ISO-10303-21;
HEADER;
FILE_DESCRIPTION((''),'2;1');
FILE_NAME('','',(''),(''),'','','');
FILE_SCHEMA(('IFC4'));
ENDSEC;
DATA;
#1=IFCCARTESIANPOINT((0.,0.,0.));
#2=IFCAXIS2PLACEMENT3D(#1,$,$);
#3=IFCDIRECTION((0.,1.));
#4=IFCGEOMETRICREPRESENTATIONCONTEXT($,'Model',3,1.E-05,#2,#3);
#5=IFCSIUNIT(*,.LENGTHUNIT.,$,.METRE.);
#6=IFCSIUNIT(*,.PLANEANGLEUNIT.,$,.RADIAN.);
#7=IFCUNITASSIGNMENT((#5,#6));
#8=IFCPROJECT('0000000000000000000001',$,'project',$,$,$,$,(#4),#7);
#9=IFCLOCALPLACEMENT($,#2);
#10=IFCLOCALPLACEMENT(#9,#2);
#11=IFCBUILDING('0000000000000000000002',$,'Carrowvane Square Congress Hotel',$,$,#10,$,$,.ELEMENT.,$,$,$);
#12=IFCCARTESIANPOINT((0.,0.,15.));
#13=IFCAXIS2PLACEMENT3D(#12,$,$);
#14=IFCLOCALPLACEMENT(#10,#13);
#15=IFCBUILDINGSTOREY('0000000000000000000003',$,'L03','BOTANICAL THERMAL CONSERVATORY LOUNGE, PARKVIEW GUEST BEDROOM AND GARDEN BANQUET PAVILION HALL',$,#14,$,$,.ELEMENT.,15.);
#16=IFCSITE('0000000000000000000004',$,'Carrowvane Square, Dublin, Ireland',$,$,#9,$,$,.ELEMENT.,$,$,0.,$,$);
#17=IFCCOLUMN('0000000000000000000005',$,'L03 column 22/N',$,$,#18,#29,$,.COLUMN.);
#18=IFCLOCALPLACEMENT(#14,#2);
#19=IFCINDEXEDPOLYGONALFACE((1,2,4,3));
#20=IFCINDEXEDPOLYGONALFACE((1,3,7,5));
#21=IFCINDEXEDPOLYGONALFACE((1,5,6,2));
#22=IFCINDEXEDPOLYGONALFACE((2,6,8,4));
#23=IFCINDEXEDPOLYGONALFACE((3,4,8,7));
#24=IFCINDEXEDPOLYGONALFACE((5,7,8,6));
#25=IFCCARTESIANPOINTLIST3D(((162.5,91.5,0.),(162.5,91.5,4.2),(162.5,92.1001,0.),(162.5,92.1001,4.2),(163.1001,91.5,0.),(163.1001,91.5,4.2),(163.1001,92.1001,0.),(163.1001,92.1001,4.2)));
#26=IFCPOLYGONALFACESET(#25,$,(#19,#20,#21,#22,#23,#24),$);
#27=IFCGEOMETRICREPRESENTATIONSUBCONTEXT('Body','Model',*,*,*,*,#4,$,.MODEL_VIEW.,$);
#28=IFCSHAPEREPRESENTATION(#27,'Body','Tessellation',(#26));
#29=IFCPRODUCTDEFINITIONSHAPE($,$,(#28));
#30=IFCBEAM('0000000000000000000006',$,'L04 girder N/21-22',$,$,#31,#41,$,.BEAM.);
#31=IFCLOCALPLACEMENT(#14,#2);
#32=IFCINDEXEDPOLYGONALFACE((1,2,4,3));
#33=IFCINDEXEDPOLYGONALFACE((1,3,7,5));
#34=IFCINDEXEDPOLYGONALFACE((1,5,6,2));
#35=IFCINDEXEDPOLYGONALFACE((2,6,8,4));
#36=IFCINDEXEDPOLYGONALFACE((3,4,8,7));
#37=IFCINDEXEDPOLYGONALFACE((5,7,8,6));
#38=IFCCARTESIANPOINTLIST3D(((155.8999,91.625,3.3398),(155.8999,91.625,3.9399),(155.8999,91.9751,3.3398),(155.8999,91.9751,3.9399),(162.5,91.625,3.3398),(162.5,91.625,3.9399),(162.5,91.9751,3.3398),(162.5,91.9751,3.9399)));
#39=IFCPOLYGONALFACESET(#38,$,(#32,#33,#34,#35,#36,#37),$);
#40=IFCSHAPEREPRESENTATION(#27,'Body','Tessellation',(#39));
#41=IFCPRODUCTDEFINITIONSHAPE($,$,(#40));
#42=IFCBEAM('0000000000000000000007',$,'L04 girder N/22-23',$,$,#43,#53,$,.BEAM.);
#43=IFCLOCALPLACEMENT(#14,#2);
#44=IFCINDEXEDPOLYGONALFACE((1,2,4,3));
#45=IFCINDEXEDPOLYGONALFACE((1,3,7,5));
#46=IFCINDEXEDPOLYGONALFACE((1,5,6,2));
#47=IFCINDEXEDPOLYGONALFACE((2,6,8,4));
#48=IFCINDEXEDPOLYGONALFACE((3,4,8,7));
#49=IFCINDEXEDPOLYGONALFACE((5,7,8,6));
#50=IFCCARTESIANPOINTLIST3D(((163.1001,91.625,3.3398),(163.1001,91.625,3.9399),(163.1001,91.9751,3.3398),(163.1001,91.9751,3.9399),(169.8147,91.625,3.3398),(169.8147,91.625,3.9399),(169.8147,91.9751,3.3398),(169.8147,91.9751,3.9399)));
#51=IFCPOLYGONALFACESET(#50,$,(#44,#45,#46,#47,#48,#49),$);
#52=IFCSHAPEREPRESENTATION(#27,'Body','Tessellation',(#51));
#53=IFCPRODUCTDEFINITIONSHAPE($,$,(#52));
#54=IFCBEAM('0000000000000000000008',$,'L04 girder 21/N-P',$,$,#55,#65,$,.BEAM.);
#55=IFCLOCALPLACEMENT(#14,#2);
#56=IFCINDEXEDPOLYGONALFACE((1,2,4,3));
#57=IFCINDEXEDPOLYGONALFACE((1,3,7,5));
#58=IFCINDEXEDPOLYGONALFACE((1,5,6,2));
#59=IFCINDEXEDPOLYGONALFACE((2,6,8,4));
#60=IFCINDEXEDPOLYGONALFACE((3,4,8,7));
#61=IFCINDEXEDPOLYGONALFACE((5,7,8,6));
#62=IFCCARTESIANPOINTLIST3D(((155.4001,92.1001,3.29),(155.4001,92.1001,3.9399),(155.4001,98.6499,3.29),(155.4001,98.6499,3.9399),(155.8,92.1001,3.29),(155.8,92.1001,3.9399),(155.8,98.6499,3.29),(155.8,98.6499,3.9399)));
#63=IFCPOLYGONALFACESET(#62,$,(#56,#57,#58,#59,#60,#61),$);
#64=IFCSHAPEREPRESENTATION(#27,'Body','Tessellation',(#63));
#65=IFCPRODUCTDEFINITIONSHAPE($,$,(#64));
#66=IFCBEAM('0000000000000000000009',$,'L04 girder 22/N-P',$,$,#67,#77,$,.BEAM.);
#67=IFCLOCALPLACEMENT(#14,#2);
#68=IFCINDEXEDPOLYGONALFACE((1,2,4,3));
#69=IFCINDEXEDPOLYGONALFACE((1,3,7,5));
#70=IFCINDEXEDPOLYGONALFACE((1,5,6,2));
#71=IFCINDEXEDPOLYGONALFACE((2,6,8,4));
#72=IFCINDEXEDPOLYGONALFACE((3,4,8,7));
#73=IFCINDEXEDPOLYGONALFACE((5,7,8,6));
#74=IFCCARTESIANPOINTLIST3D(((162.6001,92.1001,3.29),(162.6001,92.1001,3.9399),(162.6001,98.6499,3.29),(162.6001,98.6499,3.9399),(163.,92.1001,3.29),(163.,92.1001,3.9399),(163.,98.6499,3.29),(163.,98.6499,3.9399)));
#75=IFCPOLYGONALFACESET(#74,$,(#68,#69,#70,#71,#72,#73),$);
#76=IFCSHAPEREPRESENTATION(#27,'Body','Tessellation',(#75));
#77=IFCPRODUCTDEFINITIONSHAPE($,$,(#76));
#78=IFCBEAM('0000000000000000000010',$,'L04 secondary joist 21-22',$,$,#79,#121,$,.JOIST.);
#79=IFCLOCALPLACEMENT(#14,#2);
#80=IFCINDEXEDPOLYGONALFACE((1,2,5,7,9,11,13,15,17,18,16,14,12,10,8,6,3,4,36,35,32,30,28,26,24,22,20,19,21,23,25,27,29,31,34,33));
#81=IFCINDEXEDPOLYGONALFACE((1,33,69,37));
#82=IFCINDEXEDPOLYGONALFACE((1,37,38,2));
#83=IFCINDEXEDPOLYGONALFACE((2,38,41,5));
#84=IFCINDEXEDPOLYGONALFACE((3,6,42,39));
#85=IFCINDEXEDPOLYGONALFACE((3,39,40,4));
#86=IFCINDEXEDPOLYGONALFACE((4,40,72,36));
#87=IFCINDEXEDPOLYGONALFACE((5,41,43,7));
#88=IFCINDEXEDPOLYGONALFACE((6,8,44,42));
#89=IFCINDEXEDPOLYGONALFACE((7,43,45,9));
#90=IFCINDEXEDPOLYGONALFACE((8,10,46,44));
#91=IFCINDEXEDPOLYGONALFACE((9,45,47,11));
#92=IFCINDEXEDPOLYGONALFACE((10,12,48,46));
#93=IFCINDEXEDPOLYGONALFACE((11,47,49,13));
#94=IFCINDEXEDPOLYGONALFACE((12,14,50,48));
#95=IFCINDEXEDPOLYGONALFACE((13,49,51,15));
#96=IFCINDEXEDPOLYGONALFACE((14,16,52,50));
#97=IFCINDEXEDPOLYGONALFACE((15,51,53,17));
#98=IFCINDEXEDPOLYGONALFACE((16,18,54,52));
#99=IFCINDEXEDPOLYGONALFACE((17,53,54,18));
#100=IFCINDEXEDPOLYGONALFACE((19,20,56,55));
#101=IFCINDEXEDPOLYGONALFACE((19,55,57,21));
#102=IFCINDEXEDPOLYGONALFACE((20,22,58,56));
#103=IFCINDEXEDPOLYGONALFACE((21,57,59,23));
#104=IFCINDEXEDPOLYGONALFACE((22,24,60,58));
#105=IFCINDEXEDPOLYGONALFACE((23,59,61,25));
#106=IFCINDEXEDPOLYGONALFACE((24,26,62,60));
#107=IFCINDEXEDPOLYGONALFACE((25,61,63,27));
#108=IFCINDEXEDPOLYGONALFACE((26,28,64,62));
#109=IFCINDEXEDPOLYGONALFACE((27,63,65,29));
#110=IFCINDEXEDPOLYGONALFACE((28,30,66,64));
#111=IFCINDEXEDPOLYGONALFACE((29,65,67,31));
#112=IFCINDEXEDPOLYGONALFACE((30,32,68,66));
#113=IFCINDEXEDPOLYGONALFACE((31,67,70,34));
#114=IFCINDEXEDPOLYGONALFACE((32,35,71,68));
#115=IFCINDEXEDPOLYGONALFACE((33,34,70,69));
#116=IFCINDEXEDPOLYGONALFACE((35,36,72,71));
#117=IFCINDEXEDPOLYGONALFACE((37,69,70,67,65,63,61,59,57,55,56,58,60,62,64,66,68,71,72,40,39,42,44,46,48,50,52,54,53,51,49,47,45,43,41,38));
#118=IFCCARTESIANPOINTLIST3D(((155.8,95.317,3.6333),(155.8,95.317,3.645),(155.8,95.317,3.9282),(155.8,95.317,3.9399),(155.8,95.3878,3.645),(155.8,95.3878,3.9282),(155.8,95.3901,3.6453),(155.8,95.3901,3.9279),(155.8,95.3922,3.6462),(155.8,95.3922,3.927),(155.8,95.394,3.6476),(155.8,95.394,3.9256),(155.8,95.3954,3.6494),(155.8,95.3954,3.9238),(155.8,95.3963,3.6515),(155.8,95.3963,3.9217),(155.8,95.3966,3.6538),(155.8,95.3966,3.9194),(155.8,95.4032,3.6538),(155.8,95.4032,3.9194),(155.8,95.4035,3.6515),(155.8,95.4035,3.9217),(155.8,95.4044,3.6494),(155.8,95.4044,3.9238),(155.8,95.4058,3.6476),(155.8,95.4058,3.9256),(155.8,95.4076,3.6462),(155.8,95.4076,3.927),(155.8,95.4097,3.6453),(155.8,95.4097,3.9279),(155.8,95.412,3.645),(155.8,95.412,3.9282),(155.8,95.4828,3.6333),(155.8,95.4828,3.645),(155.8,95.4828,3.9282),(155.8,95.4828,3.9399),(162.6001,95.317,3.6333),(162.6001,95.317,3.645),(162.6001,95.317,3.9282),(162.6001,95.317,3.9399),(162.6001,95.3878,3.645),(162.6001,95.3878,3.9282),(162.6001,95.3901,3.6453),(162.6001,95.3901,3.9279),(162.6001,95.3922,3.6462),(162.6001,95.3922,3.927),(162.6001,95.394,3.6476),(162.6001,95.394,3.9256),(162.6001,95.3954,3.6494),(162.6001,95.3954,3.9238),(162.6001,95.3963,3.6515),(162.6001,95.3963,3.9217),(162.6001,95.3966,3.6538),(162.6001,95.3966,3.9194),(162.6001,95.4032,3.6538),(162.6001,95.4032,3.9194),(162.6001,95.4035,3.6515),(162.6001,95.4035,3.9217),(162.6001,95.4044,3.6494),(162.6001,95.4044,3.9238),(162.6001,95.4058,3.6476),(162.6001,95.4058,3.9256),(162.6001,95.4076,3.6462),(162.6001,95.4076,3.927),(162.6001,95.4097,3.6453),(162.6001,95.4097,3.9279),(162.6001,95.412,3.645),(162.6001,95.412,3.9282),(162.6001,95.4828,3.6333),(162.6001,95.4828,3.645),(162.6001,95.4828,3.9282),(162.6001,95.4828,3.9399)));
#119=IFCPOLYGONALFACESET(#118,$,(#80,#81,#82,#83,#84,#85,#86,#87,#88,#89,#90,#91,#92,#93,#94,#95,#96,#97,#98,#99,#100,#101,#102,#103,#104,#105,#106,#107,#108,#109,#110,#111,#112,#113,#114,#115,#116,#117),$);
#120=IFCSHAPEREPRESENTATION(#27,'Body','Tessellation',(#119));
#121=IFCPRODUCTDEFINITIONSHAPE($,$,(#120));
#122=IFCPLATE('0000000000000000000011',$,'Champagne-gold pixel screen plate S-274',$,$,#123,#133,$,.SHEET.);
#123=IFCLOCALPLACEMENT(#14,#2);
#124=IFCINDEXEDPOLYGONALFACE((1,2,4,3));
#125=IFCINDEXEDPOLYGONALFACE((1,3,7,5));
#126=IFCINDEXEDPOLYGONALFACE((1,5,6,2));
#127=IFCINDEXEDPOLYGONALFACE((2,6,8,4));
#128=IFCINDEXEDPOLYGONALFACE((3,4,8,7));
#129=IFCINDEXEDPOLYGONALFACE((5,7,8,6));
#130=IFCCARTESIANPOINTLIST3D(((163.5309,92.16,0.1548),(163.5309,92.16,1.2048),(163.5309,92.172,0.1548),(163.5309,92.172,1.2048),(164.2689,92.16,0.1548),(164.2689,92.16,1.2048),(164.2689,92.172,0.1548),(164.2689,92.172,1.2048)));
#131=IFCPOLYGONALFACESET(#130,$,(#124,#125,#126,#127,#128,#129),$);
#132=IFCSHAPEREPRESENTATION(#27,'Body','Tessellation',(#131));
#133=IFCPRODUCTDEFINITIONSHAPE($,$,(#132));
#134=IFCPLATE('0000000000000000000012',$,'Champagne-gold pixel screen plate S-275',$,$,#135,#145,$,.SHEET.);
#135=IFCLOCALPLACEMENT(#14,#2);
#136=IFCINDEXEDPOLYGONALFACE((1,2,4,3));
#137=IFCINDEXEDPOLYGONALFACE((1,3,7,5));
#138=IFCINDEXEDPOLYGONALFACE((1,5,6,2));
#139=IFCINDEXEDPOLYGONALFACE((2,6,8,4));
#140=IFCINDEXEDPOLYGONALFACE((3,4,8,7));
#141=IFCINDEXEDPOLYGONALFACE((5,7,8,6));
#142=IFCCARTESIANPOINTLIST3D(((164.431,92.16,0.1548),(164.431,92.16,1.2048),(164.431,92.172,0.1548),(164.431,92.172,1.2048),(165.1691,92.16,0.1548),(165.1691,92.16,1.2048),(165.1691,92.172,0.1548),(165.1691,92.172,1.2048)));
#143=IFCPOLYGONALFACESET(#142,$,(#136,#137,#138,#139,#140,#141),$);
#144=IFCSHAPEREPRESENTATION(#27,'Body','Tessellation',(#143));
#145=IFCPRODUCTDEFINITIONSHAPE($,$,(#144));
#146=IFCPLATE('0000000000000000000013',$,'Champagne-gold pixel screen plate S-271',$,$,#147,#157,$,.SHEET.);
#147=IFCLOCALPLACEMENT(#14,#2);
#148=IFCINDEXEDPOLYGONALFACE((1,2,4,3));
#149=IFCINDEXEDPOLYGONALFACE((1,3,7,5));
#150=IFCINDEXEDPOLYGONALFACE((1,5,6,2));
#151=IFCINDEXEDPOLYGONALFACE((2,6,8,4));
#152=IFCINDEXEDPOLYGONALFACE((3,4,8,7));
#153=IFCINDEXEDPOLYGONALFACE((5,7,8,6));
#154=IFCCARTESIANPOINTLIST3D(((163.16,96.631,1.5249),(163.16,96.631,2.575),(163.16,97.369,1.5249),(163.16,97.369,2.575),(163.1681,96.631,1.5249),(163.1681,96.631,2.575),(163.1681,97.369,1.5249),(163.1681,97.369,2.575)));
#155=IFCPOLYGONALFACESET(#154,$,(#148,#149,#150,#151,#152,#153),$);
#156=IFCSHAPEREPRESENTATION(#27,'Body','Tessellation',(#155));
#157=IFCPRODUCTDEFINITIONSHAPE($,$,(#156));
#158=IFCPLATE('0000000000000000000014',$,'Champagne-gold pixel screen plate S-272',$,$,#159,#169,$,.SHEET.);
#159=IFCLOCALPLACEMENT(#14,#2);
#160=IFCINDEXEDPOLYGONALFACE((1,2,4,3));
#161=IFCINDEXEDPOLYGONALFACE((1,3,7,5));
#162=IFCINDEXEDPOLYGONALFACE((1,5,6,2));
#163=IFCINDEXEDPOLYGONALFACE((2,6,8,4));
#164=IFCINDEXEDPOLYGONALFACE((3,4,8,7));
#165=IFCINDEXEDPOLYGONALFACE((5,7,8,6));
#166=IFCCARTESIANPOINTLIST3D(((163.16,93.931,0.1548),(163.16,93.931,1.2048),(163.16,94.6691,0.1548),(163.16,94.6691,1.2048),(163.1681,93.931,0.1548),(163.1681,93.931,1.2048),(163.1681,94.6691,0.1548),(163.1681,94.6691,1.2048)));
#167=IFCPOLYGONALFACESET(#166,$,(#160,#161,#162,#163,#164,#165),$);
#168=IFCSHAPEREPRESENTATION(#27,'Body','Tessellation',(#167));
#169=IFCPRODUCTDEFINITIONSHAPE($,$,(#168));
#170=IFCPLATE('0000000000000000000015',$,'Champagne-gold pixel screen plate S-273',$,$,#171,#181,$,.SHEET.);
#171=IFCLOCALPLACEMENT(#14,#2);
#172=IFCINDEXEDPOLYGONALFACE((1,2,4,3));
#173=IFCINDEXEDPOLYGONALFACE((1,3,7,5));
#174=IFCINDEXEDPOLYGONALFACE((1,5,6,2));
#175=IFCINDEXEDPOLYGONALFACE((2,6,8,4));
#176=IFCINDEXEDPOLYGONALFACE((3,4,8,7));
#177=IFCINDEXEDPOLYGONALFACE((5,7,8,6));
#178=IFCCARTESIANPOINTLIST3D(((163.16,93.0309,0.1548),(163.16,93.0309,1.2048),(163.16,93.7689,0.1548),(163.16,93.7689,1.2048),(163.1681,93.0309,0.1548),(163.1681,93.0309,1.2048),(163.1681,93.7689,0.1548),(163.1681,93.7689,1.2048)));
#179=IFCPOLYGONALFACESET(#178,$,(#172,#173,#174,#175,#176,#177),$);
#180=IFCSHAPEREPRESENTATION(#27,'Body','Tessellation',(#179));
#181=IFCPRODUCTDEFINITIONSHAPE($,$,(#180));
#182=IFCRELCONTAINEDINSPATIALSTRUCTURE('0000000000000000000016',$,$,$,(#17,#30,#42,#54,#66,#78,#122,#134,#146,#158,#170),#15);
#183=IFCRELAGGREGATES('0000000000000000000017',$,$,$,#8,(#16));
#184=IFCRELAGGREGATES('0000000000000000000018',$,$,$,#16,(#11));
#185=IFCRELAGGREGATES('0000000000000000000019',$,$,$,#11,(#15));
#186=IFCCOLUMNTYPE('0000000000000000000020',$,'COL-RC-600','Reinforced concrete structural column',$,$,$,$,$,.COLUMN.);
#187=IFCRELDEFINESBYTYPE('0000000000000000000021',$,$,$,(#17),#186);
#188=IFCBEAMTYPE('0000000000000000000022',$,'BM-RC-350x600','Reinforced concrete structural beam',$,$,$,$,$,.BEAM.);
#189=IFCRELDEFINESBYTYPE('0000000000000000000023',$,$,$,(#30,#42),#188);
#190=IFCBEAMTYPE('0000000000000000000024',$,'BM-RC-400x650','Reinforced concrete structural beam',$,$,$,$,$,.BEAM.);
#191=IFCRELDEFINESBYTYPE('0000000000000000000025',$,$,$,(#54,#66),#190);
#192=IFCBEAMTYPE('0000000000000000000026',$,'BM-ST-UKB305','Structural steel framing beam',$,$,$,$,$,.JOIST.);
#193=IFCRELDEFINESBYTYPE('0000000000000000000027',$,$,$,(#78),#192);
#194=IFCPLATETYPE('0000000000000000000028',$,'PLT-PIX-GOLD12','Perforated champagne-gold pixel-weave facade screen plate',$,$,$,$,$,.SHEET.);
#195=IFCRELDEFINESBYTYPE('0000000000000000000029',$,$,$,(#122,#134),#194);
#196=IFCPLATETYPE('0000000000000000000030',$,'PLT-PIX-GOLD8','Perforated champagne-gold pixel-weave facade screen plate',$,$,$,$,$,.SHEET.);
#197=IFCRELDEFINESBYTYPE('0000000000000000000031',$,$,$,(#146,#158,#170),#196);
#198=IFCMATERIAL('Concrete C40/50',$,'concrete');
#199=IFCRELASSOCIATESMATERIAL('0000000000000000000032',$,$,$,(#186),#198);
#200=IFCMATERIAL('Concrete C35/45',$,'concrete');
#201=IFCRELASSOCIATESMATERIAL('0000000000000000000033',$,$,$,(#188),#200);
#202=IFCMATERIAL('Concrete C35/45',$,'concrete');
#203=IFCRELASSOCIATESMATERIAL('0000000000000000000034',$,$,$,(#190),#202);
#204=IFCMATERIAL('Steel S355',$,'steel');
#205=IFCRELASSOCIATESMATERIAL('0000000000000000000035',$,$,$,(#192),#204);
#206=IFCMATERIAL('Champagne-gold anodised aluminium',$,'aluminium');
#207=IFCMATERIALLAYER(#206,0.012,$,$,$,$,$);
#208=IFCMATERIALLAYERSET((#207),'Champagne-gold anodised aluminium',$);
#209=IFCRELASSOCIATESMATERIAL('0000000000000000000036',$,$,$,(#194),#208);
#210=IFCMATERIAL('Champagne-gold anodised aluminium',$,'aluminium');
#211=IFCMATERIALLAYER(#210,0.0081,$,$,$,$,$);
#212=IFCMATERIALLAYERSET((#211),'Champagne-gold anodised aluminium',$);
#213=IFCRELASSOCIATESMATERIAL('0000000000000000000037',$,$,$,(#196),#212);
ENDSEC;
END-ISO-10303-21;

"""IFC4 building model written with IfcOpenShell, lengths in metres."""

from ifc_helpers import new_model, si_unit, direction, frame, origin, origin_2d, place, context, subcontext, project, spatial, rectangle, i_section, extrude, material, layer, layer_set, material_profile, profile_set, type_object, element, save


model = new_model("IFC4")

# Units and contexts
model_context = context("Model", 3, precision=1e-05, world=origin(), true_north=direction((0.0, 1.0)))
body_context = subcontext(model_context, "Body", "Model", "MODEL_VIEW")
ifc_project = project(units=[si_unit("LENGTHUNIT", "METRE"), si_unit("PLANEANGLEUNIT", "RADIAN")], contexts=[model_context])

# Site, building, storey
site_placement = place(None, origin())
site = spatial("IfcSite", under=ifc_project, at=site_placement, Name="Carrowvane Square, Dublin, Ireland", CompositionType="ELEMENT", RefElevation=0.0)
building_placement = place(site_placement, origin())
building = spatial("IfcBuilding", under=site, at=building_placement, Name="Carrowvane Square Congress Hotel", CompositionType="ELEMENT")
storey_placement = place(building_placement, frame((0.0, 0.0, 15.0)))
storey = spatial("IfcBuildingStorey", under=building, at=storey_placement, Name="L03", Description="BOTANICAL THERMAL CONSERVATORY LOUNGE, PARKVIEW GUEST BEDROOM AND GARDEN BANQUET PAVILION HALL", CompositionType="ELEMENT", Elevation=15.0)

# Column
ifc_material_1 = material(Name="Concrete C40/50", Category="concrete")
ifc_material_profile_1 = material_profile(ifc_material_1, rectangle(XDim=0.6001, YDim=0.6001, at=origin_2d()), Name="RC 600x600")
ifc_profile_set_1 = profile_set([ifc_material_profile_1], Name="Concrete C40/50")
column_type = type_object("IfcColumnType", Name="COL-RC-600", Description="Reinforced concrete structural column", PredefinedType="COLUMN", material=ifc_profile_set_1)
column_placement = place(storey_placement, frame((162.8, 91.8, 0.0), z_axis=(0.0, 0.0, 1.0), x_axis=(1.0, 0.0, 0.0)))
element("IfcColumn", 1, at=column_placement, inside=storey, type_object=column_type, Name="L03 column 22/N", PredefinedType="COLUMN", context=body_context, shape_type="SweptSolid", body=[
    extrude(rectangle(XDim=0.6001, YDim=0.6001, at=origin_2d()), origin(), (0.0, 0.0, 1.0), 4.2),
])

# Beams
ifc_material_2 = material(Name="Concrete C35/45", Category="concrete")
ifc_material_profile_2 = material_profile(ifc_material_2, rectangle(XDim=0.3501, YDim=0.6001, at=origin_2d()), Name="RC 350x600")
ifc_profile_set_2 = profile_set([ifc_material_profile_2], Name="Concrete C35/45")
beam_type_1 = type_object("IfcBeamType", Name="BM-RC-350x600", Description="Reinforced concrete structural beam", PredefinedType="BEAM", material=ifc_profile_set_2)
beam_1_placement = place(storey_placement, frame((155.8999, 91.8, 3.6399), z_axis=(1.0, 0.0, 0.0), x_axis=(0.0, 1.0, 0.0)))
element("IfcBeam", 2, at=beam_1_placement, inside=storey, type_object=beam_type_1, Name="L04 girder N/21-22", PredefinedType="BEAM", context=body_context, shape_type="SweptSolid", body=[
    extrude(rectangle(XDim=0.3501, YDim=0.6001, at=origin_2d()), origin(), (0.0, 0.0, 1.0), 6.6001),
])
beam_2_placement = place(storey_placement, frame((163.1001, 91.8, 3.6399), z_axis=(1.0, 0.0, 0.0), x_axis=(0.0, 1.0, 0.0)))
element("IfcBeam", 3, at=beam_2_placement, inside=storey, type_object=beam_type_1, Name="L04 girder N/22-23", PredefinedType="BEAM", context=body_context, shape_type="SweptSolid", body=[
    extrude(rectangle(XDim=0.3501, YDim=0.6001, at=origin_2d()), origin(), (0.0, 0.0, 1.0), 6.7146),
])
ifc_material_3 = material(Name="Concrete C35/45", Category="concrete")
ifc_material_profile_3 = material_profile(ifc_material_3, rectangle(XDim=0.3999, YDim=0.6499, at=origin_2d()), Name="RC 400x650")
ifc_profile_set_3 = profile_set([ifc_material_profile_3], Name="Concrete C35/45")
beam_type_2 = type_object("IfcBeamType", Name="BM-RC-400x650", Description="Reinforced concrete structural beam", PredefinedType="BEAM", material=ifc_profile_set_3)
for number, where, z_axis, x_axis, name in (
    (4, (155.6001, 92.1001, 3.615), (0.0, 1.0, 0.0), (-1.0, 0.0, 0.0), "L04 girder 21/N-P"),
    (5, (162.8, 92.1001, 3.615), (0.0, 1.0, 0.0), (-1.0, 0.0, 0.0), "L04 girder 22/N-P"),
):
    element("IfcBeam", number, at=place(storey_placement, frame(where, z_axis=z_axis, x_axis=x_axis)), inside=storey, type_object=beam_type_2, Name=name, PredefinedType="BEAM", context=body_context, shape_type="SweptSolid", body=[
        extrude(rectangle(XDim=0.3999, YDim=0.6499, at=origin_2d()), origin(), (0.0, 0.0, 1.0), 6.5498),
    ])
ifc_material_4 = material(Name="Steel S355", Category="steel")
ifc_material_profile_4 = material_profile(ifc_material_4, i_section(OverallWidth=0.1658, OverallDepth=0.3066, WebThickness=0.0066, FlangeThickness=0.0117, FilletRadius=0.0088, at=origin_2d()), Name="UKB 305x165x46")
ifc_profile_set_4 = profile_set([ifc_material_profile_4], Name="Steel S355")
beam_type_3 = type_object("IfcBeamType", Name="BM-ST-UKB305", Description="Structural steel framing beam", PredefinedType="JOIST", material=ifc_profile_set_4)
beam_3_placement = place(storey_placement, frame((155.8, 95.3999, 3.7866), z_axis=(1.0, 0.0, 0.0), x_axis=(0.0, 1.0, 0.0)))
element("IfcBeam", 6, at=beam_3_placement, inside=storey, type_object=beam_type_3, Name="L04 secondary joist 21-22", PredefinedType="JOIST", context=body_context, shape_type="SweptSolid", body=[
    extrude(i_section(OverallWidth=0.1658, OverallDepth=0.3066, WebThickness=0.0066, FlangeThickness=0.0117, FilletRadius=0.0088, at=origin_2d()), origin(), (0.0, 0.0, 1.0), 6.8),
])

# Plates
ifc_material_5 = material(Name="Champagne-gold anodised aluminium", Category="aluminium")
ifc_layer_1 = layer(ifc_material_5, 0.012)
ifc_layer_set_1 = layer_set([ifc_layer_1], Name="Champagne-gold anodised aluminium")
plate_type_1 = type_object("IfcPlateType", Name="PLT-PIX-GOLD12", Description="Perforated champagne-gold pixel-weave facade screen plate", PredefinedType="SHEET", material=ifc_layer_set_1)
for number, where, z_axis, x_axis, name in (
    (7, (163.8999, 92.166, 0.1548), (0.0, 0.0, 1.0), (1.0, 0.0, 0.0), "Champagne-gold pixel screen plate S-274"),
    (8, (164.8, 92.166, 0.1548), (0.0, 0.0, 1.0), (1.0, 0.0, 0.0), "Champagne-gold pixel screen plate S-275"),
):
    element("IfcPlate", number, at=place(storey_placement, frame(where, z_axis=z_axis, x_axis=x_axis)), inside=storey, type_object=plate_type_1, Name=name, PredefinedType="SHEET", context=body_context, shape_type="SweptSolid", body=[
        extrude(rectangle(XDim=0.738, YDim=0.012, at=origin_2d()), origin(), (0.0, 0.0, 1.0), 1.05),
    ])
ifc_material_6 = material(Name="Champagne-gold anodised aluminium", Category="aluminium")
ifc_layer_2 = layer(ifc_material_6, 0.0081)
ifc_layer_set_2 = layer_set([ifc_layer_2], Name="Champagne-gold anodised aluminium")
plate_type_2 = type_object("IfcPlateType", Name="PLT-PIX-GOLD8", Description="Perforated champagne-gold pixel-weave facade screen plate", PredefinedType="SHEET", material=ifc_layer_set_2)
for number, where, z_axis, x_axis, name in (
    (9, (163.1641, 97.0, 1.5249), (0.0, 0.0, 1.0), (0.0, -1.0, 0.0), "Champagne-gold pixel screen plate S-271"),
    (10, (163.1641, 94.3, 0.1548), (0.0, 0.0, 1.0), (0.0, -1.0, 0.0), "Champagne-gold pixel screen plate S-272"),
    (11, (163.1641, 93.3999, 0.1548), (0.0, 0.0, 1.0), (0.0, -1.0, 0.0), "Champagne-gold pixel screen plate S-273"),
):
    element("IfcPlate", number, at=place(storey_placement, frame(where, z_axis=z_axis, x_axis=x_axis)), inside=storey, type_object=plate_type_2, Name=name, PredefinedType="SHEET", context=body_context, shape_type="SweptSolid", body=[
        extrude(rectangle(XDim=0.738, YDim=0.0081, at=origin_2d()), origin(), (0.0, 0.0, 1.0), 1.05),
    ])

save(model, "model.ifc")
